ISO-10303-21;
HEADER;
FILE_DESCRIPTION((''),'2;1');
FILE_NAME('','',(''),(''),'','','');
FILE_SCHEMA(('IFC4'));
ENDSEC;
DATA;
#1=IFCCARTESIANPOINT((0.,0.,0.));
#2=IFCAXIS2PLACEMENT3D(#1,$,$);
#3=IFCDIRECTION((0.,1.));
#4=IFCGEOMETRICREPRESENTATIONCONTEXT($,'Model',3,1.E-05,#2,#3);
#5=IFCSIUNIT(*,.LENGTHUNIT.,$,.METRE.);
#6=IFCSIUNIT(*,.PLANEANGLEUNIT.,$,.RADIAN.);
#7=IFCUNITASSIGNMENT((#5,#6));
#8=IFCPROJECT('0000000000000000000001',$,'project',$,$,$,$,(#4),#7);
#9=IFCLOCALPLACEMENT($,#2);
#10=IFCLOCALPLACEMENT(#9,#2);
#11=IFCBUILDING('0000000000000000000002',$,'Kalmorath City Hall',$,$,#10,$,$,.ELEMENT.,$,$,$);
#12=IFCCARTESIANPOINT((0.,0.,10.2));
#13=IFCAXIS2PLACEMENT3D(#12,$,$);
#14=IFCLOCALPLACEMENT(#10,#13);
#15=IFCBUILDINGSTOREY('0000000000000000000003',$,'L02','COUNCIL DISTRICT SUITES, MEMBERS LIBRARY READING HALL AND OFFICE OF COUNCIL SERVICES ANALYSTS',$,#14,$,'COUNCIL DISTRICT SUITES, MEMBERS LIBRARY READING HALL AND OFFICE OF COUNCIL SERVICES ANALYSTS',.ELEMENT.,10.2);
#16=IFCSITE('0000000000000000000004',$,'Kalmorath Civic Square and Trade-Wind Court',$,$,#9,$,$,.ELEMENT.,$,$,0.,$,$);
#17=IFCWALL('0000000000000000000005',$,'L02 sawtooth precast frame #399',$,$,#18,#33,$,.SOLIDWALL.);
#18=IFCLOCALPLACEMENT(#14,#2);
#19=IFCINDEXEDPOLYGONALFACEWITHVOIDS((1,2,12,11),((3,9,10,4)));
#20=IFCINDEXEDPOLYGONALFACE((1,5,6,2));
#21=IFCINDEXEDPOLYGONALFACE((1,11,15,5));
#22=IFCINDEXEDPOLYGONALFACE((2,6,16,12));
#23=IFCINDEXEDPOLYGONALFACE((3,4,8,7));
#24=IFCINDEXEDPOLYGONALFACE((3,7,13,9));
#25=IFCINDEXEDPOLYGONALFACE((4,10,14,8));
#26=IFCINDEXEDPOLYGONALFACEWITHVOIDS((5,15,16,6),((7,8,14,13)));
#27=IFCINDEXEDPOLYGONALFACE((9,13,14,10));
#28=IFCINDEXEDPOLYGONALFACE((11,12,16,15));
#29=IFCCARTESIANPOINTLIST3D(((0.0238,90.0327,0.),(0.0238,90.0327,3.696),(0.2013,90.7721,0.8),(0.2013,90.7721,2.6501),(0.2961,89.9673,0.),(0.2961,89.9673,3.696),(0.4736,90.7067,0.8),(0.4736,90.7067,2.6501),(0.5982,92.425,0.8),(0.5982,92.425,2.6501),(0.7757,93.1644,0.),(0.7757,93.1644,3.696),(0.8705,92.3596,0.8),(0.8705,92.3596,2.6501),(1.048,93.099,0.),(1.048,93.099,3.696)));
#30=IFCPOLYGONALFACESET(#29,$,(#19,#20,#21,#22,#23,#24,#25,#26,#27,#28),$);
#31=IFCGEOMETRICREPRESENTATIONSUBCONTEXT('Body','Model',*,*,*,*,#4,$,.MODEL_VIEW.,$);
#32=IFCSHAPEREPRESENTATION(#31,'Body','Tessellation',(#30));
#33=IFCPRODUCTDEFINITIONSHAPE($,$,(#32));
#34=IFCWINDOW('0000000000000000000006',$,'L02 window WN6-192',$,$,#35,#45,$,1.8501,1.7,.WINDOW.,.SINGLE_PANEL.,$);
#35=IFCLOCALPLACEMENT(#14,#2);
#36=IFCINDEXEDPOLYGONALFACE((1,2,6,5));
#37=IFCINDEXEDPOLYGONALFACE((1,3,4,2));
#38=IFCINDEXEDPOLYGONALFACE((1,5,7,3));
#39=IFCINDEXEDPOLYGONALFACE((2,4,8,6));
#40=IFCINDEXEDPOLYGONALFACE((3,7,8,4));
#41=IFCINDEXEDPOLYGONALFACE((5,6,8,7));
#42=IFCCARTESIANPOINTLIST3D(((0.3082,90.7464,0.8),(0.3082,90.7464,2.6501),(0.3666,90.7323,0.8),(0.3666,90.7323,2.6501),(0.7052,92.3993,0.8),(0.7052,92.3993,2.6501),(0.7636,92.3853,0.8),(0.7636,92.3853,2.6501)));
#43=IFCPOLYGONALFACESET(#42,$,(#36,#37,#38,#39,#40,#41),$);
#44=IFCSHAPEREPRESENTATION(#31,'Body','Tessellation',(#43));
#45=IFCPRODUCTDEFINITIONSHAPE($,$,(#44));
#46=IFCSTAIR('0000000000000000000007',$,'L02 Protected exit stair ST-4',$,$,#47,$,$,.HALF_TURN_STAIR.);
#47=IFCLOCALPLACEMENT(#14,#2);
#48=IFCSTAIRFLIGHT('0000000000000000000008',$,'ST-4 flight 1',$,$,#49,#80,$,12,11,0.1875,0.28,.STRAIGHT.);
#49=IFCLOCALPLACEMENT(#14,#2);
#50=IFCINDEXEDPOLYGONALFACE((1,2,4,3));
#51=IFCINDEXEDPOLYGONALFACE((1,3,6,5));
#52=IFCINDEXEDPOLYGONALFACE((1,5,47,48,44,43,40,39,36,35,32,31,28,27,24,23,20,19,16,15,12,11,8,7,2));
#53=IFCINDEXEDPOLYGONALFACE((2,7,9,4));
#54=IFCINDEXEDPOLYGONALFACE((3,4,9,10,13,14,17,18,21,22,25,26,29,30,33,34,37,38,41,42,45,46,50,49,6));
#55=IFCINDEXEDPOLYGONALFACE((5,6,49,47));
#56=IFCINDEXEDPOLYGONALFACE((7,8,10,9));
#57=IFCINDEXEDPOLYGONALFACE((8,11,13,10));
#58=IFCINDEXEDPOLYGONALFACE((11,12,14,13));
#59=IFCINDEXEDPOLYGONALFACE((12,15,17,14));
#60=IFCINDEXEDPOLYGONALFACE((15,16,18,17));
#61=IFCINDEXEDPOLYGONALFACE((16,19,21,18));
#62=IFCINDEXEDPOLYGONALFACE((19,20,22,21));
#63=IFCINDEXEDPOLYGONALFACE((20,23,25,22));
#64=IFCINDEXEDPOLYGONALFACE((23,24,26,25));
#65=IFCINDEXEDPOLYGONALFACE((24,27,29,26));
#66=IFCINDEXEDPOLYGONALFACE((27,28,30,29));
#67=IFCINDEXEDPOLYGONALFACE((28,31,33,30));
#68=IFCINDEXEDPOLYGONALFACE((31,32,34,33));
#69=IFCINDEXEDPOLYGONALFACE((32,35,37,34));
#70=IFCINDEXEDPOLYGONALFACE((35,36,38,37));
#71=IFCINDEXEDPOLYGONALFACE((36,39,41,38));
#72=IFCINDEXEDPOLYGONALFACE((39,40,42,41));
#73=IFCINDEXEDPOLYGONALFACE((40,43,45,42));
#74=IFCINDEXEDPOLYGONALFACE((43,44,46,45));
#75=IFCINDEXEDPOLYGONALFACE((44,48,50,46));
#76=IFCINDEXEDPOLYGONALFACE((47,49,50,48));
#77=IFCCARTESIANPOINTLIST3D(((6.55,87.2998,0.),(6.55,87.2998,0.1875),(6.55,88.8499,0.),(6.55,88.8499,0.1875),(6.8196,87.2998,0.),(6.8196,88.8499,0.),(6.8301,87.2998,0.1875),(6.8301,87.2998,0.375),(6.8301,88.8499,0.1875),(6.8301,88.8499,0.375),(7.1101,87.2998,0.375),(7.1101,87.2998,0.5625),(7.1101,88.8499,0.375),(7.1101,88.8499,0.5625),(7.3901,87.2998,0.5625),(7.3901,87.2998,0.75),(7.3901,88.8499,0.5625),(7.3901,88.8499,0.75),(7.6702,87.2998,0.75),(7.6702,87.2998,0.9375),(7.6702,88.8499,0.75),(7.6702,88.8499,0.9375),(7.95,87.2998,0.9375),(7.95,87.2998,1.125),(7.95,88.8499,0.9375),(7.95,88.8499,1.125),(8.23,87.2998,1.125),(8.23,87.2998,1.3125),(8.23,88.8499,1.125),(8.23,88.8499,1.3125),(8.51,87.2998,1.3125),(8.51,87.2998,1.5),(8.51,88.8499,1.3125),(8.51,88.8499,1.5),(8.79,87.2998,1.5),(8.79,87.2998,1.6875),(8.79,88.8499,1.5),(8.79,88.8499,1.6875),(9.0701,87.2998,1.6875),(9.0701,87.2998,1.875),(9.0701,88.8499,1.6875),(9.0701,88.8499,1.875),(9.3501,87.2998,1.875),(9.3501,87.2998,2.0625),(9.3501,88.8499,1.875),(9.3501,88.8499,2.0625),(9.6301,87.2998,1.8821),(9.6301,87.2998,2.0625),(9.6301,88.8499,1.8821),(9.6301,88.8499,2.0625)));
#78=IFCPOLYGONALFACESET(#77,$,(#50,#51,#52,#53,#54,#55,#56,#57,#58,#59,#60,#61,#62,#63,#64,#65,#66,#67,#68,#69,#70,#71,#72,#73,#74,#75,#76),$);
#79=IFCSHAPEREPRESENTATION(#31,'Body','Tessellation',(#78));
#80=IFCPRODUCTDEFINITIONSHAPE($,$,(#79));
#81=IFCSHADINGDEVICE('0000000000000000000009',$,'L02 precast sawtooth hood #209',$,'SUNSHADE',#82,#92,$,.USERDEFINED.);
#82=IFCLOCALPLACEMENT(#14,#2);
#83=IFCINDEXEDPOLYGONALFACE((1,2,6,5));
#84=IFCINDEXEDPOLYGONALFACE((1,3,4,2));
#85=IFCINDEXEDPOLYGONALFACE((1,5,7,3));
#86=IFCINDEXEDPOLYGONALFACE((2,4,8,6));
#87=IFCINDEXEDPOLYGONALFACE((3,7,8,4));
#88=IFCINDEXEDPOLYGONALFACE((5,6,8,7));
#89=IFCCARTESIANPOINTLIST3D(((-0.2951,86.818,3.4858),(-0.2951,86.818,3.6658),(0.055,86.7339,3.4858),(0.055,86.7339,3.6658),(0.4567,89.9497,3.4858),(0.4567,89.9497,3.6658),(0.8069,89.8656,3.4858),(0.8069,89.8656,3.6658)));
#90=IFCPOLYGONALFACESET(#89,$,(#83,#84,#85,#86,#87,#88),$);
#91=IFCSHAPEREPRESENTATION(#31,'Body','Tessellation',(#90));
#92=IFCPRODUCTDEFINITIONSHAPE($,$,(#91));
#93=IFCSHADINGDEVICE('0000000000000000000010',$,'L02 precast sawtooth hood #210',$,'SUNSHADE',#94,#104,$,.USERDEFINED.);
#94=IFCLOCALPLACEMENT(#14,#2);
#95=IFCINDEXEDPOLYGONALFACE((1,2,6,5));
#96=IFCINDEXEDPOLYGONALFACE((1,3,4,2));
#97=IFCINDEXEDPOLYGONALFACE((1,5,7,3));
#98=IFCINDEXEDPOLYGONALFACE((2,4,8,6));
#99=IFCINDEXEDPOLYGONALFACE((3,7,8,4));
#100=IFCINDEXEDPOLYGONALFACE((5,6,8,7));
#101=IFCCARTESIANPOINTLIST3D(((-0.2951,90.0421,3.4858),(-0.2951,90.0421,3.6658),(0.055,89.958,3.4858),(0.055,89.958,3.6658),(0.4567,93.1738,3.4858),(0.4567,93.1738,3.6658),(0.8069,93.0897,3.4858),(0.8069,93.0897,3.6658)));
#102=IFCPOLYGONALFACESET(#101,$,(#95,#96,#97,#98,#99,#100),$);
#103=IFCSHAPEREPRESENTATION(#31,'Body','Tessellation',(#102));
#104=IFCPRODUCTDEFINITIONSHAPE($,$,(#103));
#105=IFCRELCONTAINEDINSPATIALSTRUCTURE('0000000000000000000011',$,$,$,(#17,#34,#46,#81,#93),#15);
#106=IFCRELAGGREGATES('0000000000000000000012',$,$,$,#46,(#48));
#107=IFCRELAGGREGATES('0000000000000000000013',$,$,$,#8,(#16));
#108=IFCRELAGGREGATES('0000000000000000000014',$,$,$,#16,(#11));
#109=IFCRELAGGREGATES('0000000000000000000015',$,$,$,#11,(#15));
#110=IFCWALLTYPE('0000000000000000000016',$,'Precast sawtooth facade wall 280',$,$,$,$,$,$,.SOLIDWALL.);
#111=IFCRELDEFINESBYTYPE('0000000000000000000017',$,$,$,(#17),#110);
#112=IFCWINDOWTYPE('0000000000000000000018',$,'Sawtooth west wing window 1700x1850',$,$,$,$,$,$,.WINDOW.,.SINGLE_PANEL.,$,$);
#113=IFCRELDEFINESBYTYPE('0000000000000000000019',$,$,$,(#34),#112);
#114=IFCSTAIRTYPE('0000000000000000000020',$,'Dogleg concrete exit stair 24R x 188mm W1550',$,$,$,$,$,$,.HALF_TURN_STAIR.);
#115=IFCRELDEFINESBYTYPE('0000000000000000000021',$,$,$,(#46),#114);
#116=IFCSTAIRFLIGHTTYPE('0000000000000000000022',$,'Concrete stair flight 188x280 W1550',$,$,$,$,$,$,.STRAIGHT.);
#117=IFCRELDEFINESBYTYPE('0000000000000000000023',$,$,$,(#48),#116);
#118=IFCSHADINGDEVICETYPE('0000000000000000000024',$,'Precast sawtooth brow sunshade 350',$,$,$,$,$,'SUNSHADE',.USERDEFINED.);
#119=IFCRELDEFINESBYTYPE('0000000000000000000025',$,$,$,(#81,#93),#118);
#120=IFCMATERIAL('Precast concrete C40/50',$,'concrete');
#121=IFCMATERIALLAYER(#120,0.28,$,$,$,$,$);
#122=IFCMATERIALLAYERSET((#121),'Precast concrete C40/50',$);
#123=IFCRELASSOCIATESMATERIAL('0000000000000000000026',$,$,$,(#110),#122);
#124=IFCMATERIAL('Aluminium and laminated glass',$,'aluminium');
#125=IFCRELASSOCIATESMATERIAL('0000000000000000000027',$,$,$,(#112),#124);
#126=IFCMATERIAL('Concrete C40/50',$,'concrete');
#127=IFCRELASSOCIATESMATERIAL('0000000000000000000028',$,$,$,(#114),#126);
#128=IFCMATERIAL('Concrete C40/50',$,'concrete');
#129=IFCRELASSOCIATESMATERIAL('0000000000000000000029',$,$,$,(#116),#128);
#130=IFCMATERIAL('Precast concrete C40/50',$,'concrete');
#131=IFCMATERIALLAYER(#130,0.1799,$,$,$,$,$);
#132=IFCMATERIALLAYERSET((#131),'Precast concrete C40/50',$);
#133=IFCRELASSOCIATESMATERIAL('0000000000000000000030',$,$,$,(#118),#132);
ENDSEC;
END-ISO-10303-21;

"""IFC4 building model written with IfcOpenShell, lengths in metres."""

from ifc_helpers import new_model, si_unit, direction, frame, frame_2d, origin, origin_2d, place, context, subcontext, project, spatial, polyline, rectangle, outline, extrude, material, layer, layer_set, type_object, element, fill, aggregate, save


model = new_model("IFC4")

# Units and contexts
model_context = context("Model", 3, precision=1e-05, world=origin(), true_north=direction((0.0, 1.0)))
body_context = subcontext(model_context, "Body", "Model", "MODEL_VIEW")
ifc_project = project(units=[si_unit("LENGTHUNIT", "METRE"), si_unit("PLANEANGLEUNIT", "RADIAN")], contexts=[model_context])

# Site, building, storey
site_placement = place(None, origin())
site = spatial("IfcSite", under=ifc_project, at=site_placement, Name="Kalmorath Civic Square and Trade-Wind Court", CompositionType="ELEMENT", RefElevation=0.0)
building_placement = place(site_placement, origin())
building = spatial("IfcBuilding", under=site, at=building_placement, Name="Kalmorath City Hall", CompositionType="ELEMENT")
storey_placement = place(building_placement, frame((0.0, 0.0, 10.2)))
storey = spatial("IfcBuildingStorey", under=building, at=storey_placement, Name="L02", Description="COUNCIL DISTRICT SUITES, MEMBERS LIBRARY READING HALL AND OFFICE OF COUNCIL SERVICES ANALYSTS", LongName="COUNCIL DISTRICT SUITES, MEMBERS LIBRARY READING HALL AND OFFICE OF COUNCIL SERVICES ANALYSTS", CompositionType="ELEMENT", Elevation=10.2)

# Wall, opening, window
ifc_material_1 = material(Name="Precast concrete C40/50", Category="concrete")
ifc_layer_1 = layer(ifc_material_1, 0.28)
ifc_layer_set_1 = layer_set([ifc_layer_1], Name="Precast concrete C40/50")
wall_type_1 = type_object("IfcWallType", Name="Precast sawtooth facade wall 280", PredefinedType="SOLIDWALL", material=ifc_layer_set_1)
ifc_material_2 = material(Name="Aluminium and laminated glass", Category="aluminium")
window_type = type_object("IfcWindowType", Name="Sawtooth west wing window 1700x1850", PartitioningType="SINGLE_PANEL", PredefinedType="WINDOW", material=ifc_material_2)
wall_1_placement = place(storey_placement, frame((0.1599, 90.0, 0.0), z_axis=(0.0, 0.0, 1.0), x_axis=(0.233482, 0.972361, 0.0)))
wall_1 = element("IfcWall", 1, at=wall_1_placement, inside=storey, type_object=wall_type_1, Name="L02 sawtooth precast frame #399", PredefinedType="SOLIDWALL", context=body_context, shape_type="SweptSolid", body=[
    extrude(rectangle(XDim=3.2207, YDim=0.28, at=frame_2d((1.6104, 0.0))), origin(), (0.0, 0.0, 1.0), 3.696),
])
opening_1_placement = place(wall_1_placement, frame((0.7603, 0.0, 0.8)))
opening_1 = element("IfcOpeningElement", 2, at=opening_1_placement, cuts=wall_1, PredefinedType="OPENING", context=body_context, shape_type="SweptSolid", body=[
    extrude(rectangle(XDim=1.7, YDim=1.8501, at=frame_2d((0.8501, 0.925))), frame((0.0, 0.1499, 0.0), z_axis=(0.0, -1.0, 0.0), x_axis=(1.0, 0.0, 0.0)), (0.0, 0.0, 1.0), 0.3),
])
window_1_placement = place(opening_1_placement, origin())
window_1 = element("IfcWindow", 3, at=window_1_placement, inside=storey, type_object=window_type, Name="L02 window WN6-192", OverallHeight=1.8501, OverallWidth=1.7, PartitioningType="SINGLE_PANEL", PredefinedType="WINDOW", context=body_context, shape_type="SweptSolid", body=[
    extrude(rectangle(XDim=1.7, YDim=1.8501, at=frame_2d((0.8501, 0.925))), frame((0.0, 0.03, 0.0), z_axis=(0.0, -1.0, 0.0), x_axis=(1.0, 0.0, 0.0)), (0.0, 0.0, 1.0), 0.0601),
])
fill(opening_1, window_1)

# Stair, stair flight
ifc_material_3 = material(Name="Concrete C40/50", Category="concrete")
stair_type = type_object("IfcStairType", Name="Dogleg concrete exit stair 24R x 188mm W1550", PredefinedType="HALF_TURN_STAIR", material=ifc_material_3)
stair_placement = place(storey_placement, origin())
stair = element("IfcStair", 4, at=stair_placement, inside=storey, type_object=stair_type, Name="L02 Protected exit stair ST-4", PredefinedType="HALF_TURN_STAIR")
ifc_material_4 = material(Name="Concrete C40/50", Category="concrete")
stair_flight_type = type_object("IfcStairFlightType", Name="Concrete stair flight 188x280 W1550", PredefinedType="STRAIGHT", material=ifc_material_4)
stair_flight_placement = place(storey_placement, frame((6.55, 88.075, 0.0), z_axis=(0.0, 0.0, 1.0), x_axis=(1.0, 0.0, 0.0)))
stair_flight = element("IfcStairFlight", 5, at=stair_flight_placement, type_object=stair_flight_type, Name="ST-4 flight 1", NumberOfRisers=12, NumberOfTreads=11, PredefinedType="STRAIGHT", RiserHeight=0.1875, TreadLength=0.28, context=body_context, shape_type="SweptSolid", body=[
    extrude(outline(polyline([(0.0, 0.0), (0.0, 0.1875), (0.28, 0.1875), (0.28, 0.375), (0.5601, 0.375), (0.5601, 0.5625), (0.8401, 0.5625), (0.8401, 0.75), (1.1201, 0.75), (1.1201, 0.9375), (1.3999, 0.9375), (1.3999, 1.125), (1.6799, 1.125), (1.6799, 1.3125), (1.96, 1.3125), (1.96, 1.5), (2.24, 1.5), (2.24, 1.6875), (2.52, 1.6875), (2.52, 1.875), (2.8, 1.875), (2.8, 2.0625), (3.0801, 2.0625), (3.0801, 2.25), (3.0801, 1.8821), (0.2695, 0.0), (0.0, 0.0)])), frame((0.0, 0.7749, 0.0), z_axis=(0.0, -1.0, 0.0), x_axis=(1.0, 0.0, 0.0)), (0.0, 0.0, 1.0), 1.55),
])
aggregate(stair, [stair_flight])

# Shading devices
ifc_material_5 = material(Name="Precast concrete C40/50", Category="concrete")
ifc_layer_2 = layer(ifc_material_5, 0.1799)
ifc_layer_set_2 = layer_set([ifc_layer_2], Name="Precast concrete C40/50")
shading_device_type = type_object("IfcShadingDeviceType", Name="Precast sawtooth brow sunshade 350", ElementType="SUNSHADE", PredefinedType="USERDEFINED", material=ifc_layer_set_2)
for number, where, z_axis, x_axis, name in (
    (6, (0.2559, 88.3418, 3.4858), (0.0, 0.0, 1.0), (0.233445, 0.97237, 0.0), "L02 precast sawtooth hood #209"),
    (7, (0.2559, 91.5659, 3.4858), (0.0, 0.0, 1.0), (0.233445, 0.97237, 0.0), "L02 precast sawtooth hood #210"),
):
    element("IfcShadingDevice", number, at=place(storey_placement, frame(where, z_axis=z_axis, x_axis=x_axis)), inside=storey, type_object=shading_device_type, Name=name, ObjectType="SUNSHADE", PredefinedType="USERDEFINED", context=body_context, shape_type="SweptSolid", body=[
        extrude(rectangle(XDim=3.2207, YDim=0.3601, at=origin_2d()), origin(), (0.0, 0.0, 1.0), 0.1799),
    ])

save(model, "model.ifc")
